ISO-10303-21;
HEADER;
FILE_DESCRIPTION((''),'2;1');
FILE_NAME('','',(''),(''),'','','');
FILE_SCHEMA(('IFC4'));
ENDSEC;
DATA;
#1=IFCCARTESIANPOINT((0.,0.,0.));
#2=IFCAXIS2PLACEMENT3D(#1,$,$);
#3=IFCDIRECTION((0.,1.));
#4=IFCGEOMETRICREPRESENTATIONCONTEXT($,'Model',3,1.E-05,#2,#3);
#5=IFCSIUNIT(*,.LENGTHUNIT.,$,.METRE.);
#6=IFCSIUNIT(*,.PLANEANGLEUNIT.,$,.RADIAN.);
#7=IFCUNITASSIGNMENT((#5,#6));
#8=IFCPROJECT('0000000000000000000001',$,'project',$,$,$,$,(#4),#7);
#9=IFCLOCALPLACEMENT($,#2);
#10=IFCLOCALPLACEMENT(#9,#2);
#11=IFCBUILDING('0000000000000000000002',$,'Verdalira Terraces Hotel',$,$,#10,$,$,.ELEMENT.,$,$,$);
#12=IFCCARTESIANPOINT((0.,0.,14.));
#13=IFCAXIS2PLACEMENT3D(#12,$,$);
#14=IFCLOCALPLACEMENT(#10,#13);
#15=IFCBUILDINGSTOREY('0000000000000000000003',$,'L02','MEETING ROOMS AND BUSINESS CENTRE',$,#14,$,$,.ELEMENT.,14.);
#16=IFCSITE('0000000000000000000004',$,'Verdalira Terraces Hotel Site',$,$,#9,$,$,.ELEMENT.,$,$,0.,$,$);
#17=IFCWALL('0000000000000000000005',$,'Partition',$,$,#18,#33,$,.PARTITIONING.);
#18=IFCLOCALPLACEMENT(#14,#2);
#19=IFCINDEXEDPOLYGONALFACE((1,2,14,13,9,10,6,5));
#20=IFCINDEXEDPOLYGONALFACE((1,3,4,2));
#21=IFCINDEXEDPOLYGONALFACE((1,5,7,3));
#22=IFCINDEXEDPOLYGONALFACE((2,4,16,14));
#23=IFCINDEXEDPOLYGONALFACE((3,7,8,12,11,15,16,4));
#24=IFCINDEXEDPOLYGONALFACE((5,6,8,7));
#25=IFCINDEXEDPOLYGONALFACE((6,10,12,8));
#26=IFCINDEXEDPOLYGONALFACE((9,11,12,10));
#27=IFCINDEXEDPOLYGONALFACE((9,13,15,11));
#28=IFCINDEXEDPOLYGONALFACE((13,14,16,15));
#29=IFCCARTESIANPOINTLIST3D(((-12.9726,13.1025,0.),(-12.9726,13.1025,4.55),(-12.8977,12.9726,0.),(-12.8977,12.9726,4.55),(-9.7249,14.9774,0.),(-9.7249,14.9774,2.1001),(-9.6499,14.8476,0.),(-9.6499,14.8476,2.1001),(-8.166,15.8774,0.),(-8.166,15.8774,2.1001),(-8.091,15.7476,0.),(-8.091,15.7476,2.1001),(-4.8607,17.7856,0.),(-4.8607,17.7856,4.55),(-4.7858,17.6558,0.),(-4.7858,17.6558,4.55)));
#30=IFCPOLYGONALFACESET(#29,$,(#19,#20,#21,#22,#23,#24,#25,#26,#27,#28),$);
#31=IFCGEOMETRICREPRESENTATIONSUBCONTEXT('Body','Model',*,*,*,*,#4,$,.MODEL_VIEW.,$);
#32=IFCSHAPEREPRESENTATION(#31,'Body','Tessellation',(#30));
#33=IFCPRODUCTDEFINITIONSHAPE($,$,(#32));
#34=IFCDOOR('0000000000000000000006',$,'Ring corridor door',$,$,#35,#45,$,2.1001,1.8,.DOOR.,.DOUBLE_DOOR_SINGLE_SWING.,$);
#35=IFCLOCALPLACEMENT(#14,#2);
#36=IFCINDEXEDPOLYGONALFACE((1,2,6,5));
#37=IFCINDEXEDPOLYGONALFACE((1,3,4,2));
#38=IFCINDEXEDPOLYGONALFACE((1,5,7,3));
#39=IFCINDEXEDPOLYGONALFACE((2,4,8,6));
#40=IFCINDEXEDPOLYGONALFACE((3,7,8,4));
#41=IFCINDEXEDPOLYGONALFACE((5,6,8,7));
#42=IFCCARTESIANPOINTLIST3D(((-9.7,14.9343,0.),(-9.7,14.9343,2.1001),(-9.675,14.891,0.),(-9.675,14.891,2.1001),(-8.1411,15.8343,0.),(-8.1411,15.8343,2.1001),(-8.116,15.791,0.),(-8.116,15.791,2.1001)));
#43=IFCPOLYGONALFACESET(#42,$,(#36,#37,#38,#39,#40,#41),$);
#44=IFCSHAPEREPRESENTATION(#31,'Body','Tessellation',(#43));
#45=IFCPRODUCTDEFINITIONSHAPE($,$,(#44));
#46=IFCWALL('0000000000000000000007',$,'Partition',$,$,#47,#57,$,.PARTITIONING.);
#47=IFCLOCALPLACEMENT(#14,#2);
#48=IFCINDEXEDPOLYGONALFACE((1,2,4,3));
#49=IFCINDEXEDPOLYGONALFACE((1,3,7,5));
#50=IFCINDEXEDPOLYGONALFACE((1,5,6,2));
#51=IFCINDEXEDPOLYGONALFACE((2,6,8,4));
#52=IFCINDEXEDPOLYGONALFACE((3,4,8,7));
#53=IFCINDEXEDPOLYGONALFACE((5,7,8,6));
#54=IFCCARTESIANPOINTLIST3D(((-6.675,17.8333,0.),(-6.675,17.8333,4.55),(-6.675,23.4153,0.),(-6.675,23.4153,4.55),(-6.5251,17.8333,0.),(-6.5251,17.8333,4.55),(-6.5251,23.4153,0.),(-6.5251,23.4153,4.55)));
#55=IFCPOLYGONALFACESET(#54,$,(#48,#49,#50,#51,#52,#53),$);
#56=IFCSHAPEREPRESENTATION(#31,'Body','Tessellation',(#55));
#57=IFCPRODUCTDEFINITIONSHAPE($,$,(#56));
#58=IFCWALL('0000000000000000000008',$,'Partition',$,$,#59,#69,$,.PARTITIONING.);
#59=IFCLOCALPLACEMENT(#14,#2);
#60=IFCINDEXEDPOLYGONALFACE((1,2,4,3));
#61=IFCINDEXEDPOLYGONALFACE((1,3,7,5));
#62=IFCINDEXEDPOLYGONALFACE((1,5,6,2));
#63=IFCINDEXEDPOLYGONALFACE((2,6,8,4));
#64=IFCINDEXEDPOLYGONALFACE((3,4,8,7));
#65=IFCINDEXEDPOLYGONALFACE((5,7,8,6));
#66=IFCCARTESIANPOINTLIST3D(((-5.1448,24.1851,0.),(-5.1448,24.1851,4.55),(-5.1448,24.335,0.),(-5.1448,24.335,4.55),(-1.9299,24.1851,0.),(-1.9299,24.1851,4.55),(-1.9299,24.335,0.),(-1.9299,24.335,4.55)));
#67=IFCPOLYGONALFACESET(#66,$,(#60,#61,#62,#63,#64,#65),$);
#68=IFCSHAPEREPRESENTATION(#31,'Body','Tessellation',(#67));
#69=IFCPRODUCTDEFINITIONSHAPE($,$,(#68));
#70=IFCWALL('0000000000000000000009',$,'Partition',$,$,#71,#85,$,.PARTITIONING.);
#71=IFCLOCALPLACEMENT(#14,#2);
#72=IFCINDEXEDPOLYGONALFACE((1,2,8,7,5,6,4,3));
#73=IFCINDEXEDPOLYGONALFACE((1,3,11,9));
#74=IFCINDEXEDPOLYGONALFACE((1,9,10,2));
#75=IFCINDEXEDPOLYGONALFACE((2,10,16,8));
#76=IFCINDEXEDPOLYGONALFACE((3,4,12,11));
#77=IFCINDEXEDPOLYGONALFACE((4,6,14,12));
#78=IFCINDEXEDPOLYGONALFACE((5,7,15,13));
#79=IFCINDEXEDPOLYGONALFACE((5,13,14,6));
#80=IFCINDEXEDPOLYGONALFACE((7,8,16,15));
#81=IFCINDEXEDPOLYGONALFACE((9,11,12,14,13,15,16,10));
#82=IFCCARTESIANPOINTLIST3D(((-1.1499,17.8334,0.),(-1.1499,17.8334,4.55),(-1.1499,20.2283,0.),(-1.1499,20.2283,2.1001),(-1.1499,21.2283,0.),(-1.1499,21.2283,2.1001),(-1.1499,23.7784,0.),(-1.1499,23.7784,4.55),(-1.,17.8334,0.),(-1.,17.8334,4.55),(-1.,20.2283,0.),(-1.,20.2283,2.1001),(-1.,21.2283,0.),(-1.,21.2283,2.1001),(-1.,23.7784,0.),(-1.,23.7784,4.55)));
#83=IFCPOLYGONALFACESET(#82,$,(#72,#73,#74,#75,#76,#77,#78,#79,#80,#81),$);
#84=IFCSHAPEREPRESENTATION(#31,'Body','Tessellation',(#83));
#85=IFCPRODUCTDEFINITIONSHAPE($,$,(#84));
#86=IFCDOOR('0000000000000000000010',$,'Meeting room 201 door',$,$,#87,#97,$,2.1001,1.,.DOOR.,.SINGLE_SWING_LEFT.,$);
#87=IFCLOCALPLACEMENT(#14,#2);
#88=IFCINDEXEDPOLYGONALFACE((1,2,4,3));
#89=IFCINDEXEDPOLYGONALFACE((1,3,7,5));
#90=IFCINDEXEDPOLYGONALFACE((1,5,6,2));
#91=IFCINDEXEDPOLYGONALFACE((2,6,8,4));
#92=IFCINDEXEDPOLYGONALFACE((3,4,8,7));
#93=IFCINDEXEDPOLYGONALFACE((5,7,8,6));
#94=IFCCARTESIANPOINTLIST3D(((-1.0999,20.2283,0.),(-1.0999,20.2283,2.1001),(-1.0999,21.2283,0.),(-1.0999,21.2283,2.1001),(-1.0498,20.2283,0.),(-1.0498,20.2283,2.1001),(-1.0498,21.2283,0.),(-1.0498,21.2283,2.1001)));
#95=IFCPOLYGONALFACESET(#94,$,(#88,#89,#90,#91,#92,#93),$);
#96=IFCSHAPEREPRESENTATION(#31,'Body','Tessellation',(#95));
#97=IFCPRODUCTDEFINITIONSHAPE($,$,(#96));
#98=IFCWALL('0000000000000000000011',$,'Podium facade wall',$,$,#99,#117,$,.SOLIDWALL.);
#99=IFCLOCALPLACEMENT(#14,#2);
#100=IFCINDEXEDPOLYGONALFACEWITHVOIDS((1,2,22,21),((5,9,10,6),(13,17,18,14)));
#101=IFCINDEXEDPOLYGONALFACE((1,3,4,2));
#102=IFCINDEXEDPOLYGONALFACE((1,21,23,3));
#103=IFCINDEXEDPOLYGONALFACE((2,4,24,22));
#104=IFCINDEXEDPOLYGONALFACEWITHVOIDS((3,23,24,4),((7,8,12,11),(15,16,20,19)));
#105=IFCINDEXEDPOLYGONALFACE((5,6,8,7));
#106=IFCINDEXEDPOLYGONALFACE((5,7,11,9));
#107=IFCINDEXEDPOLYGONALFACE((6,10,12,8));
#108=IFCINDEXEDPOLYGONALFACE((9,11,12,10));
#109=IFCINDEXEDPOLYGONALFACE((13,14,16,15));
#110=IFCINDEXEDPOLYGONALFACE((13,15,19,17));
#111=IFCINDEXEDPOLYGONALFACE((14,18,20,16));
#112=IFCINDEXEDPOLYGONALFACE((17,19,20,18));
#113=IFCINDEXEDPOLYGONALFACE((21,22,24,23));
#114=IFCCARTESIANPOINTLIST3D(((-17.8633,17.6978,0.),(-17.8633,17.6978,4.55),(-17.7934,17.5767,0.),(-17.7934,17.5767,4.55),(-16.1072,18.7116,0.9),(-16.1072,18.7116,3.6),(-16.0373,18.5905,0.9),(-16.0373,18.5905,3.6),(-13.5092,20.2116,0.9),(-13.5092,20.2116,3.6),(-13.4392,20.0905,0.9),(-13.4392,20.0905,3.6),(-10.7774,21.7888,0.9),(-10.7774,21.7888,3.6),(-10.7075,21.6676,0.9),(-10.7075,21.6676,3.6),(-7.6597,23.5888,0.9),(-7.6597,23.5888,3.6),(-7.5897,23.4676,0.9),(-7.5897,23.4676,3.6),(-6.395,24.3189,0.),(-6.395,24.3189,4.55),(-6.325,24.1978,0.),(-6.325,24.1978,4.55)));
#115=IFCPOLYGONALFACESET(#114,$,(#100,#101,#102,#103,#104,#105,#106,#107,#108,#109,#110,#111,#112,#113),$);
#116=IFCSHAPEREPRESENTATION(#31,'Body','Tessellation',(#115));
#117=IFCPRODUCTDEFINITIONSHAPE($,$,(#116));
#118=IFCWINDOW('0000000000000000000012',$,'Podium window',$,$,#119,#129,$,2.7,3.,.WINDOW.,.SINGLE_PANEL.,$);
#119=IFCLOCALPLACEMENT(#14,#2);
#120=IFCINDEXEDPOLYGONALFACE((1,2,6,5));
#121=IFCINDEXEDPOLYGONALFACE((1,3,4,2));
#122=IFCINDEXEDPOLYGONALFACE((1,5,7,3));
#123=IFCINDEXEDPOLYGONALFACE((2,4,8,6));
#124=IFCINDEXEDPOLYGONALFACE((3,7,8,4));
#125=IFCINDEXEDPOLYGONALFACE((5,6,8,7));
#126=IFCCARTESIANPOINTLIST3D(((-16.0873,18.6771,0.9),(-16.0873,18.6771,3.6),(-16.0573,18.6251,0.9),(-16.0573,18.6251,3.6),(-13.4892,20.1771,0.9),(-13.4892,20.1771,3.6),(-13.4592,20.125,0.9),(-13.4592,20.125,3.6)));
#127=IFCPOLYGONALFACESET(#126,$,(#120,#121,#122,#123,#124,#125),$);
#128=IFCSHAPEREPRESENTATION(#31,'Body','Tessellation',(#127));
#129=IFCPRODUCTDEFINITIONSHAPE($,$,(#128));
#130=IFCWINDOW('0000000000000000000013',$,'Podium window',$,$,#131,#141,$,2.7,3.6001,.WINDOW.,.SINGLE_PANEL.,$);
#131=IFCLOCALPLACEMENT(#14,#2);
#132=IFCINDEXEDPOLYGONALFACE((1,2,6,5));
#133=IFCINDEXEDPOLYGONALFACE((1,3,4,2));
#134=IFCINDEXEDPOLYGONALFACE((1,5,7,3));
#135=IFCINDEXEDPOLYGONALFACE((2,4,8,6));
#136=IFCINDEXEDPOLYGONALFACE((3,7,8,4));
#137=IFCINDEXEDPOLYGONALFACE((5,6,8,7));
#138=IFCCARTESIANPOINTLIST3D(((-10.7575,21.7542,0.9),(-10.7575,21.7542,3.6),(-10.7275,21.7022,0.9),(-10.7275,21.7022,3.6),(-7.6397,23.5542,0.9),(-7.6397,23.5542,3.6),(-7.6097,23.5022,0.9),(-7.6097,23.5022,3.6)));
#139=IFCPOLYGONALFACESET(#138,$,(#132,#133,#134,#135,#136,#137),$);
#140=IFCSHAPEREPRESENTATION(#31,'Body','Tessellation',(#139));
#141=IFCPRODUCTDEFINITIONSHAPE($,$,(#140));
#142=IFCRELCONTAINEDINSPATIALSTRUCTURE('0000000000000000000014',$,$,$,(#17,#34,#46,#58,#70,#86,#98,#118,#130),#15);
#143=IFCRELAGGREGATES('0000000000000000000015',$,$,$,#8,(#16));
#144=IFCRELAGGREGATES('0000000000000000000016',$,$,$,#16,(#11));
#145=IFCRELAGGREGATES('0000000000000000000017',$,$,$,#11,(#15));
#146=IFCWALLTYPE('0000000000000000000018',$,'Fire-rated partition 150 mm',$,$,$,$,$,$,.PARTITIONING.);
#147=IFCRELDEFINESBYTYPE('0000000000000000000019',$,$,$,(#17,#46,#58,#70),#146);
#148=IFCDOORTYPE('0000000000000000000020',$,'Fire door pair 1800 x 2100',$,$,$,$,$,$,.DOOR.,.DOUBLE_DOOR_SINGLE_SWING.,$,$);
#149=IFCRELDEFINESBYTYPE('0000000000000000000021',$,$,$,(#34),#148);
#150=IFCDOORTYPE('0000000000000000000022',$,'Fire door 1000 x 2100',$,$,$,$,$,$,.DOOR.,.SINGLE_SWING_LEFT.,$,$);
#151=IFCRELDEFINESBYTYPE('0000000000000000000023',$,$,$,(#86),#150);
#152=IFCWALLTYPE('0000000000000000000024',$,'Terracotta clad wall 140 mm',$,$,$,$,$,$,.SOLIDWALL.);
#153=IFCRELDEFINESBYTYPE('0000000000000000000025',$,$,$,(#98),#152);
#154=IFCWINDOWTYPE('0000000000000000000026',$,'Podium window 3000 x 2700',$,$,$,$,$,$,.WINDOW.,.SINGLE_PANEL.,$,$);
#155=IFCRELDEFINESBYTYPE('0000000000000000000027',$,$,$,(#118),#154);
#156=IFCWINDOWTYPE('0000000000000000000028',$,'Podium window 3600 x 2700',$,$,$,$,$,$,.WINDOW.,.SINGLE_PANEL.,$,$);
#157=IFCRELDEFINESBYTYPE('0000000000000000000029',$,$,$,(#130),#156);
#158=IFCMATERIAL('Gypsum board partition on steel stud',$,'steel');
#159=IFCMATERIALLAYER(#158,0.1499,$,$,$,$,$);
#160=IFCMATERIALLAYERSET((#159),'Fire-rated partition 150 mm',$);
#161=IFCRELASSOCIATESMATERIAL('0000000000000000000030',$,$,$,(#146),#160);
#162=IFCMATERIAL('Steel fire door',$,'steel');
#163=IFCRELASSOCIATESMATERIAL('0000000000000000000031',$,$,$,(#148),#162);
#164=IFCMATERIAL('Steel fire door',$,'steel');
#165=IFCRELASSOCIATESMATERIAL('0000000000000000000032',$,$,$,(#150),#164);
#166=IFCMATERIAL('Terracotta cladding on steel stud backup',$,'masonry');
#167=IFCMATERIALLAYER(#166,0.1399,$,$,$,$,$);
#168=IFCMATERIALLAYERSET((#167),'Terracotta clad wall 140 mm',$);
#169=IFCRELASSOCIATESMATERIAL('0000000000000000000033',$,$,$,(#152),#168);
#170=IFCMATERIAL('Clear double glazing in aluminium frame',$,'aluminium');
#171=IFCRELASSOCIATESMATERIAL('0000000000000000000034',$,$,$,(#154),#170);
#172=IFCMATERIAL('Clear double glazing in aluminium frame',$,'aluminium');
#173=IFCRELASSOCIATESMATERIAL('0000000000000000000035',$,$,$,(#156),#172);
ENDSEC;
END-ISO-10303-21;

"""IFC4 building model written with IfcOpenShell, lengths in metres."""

from ifc_helpers import new_model, si_unit, direction, frame, frame_2d, origin, place, context, subcontext, project, spatial, rectangle, extrude, material, layer, layer_set, type_object, element, fill, save


model = new_model("IFC4")

# Units and contexts
model_context = context("Model", 3, precision=1e-05, world=origin(), true_north=direction((0.0, 1.0)))
body_context = subcontext(model_context, "Body", "Model", "MODEL_VIEW")
ifc_project = project(units=[si_unit("LENGTHUNIT", "METRE"), si_unit("PLANEANGLEUNIT", "RADIAN")], contexts=[model_context])

# Site, building, storey
site_placement = place(None, origin())
site = spatial("IfcSite", under=ifc_project, at=site_placement, Name="Verdalira Terraces Hotel Site", CompositionType="ELEMENT", RefElevation=0.0)
building_placement = place(site_placement, origin())
building = spatial("IfcBuilding", under=site, at=building_placement, Name="Verdalira Terraces Hotel", CompositionType="ELEMENT")
storey_placement = place(building_placement, frame((0.0, 0.0, 14.0)))
storey = spatial("IfcBuildingStorey", under=building, at=storey_placement, Name="L02", Description="MEETING ROOMS AND BUSINESS CENTRE", CompositionType="ELEMENT", Elevation=14.0)

# Wall, opening, door
ifc_material_1 = material(Name="Gypsum board partition on steel stud", Category="steel")
ifc_layer_1 = layer(ifc_material_1, 0.1499)
ifc_layer_set_1 = layer_set([ifc_layer_1], Name="Fire-rated partition 150 mm")
wall_type_1 = type_object("IfcWallType", Name="Fire-rated partition 150 mm", PredefinedType="PARTITIONING", material=ifc_layer_set_1)
wall_1_placement = place(storey_placement, frame((-4.8232, 17.7207, 0.0), z_axis=(0.0, 0.0, 1.0), x_axis=(-0.866037, -0.49998, 0.0)))
wall_1 = element("IfcWall", 1, at=wall_1_placement, inside=storey, type_object=wall_type_1, Name="Partition", PredefinedType="PARTITIONING", context=body_context, shape_type="SweptSolid", body=[
    extrude(rectangle(XDim=9.3667, YDim=0.1499, at=frame_2d((4.6833, 0.0))), origin(), (0.0, 0.0, 1.0), 4.55),
])
opening_1_placement = place(wall_1_placement, frame((3.8167, 0.0, 0.0)))
opening_1 = element("IfcOpeningElement", 2, at=opening_1_placement, cuts=wall_1, PredefinedType="OPENING", context=body_context, shape_type="SweptSolid", body=[
    extrude(rectangle(XDim=1.8, YDim=2.1001, at=frame_2d((0.8999, 1.05))), frame((0.0, 0.085, 0.0), z_axis=(0.0, -1.0, 0.0), x_axis=(1.0, 0.0, 0.0)), (0.0, 0.0, 1.0), 0.1699),
])
ifc_material_2 = material(Name="Steel fire door", Category="steel")
door_type_1 = type_object("IfcDoorType", Name="Fire door pair 1800 x 2100", OperationType="DOUBLE_DOOR_SINGLE_SWING", PredefinedType="DOOR", material=ifc_material_2)
door_1_placement = place(opening_1_placement, origin())
door_1 = element("IfcDoor", 3, at=door_1_placement, inside=storey, type_object=door_type_1, Name="Ring corridor door", OperationType="DOUBLE_DOOR_SINGLE_SWING", OverallHeight=2.1001, OverallWidth=1.8, PredefinedType="DOOR", context=body_context, shape_type="SweptSolid", body=[
    extrude(rectangle(XDim=1.8, YDim=2.1001, at=frame_2d((0.8999, 1.05))), frame((0.0, 0.0249, 0.0), z_axis=(0.0, -1.0, 0.0), x_axis=(1.0, 0.0, 0.0)), (0.0, 0.0, 1.0), 0.05),
])
fill(opening_1, door_1)

# Walls
wall_2_placement = place(storey_placement, frame((-6.6001, 23.4153, 0.0), z_axis=(0.0, 0.0, 1.0), x_axis=(0.0, -1.0, 0.0)))
element("IfcWall", 4, at=wall_2_placement, inside=storey, type_object=wall_type_1, Name="Partition", PredefinedType="PARTITIONING", context=body_context, shape_type="SweptSolid", body=[
    extrude(rectangle(XDim=5.582, YDim=0.1499, at=frame_2d((2.791, 0.0))), origin(), (0.0, 0.0, 1.0), 4.55),
])
wall_3_placement = place(storey_placement, frame((-1.9299, 24.26, 0.0), z_axis=(0.0, 0.0, 1.0), x_axis=(-1.0, 0.0, 0.0)))
element("IfcWall", 5, at=wall_3_placement, inside=storey, type_object=wall_type_1, Name="Partition", PredefinedType="PARTITIONING", context=body_context, shape_type="SweptSolid", body=[
    extrude(rectangle(XDim=3.2148, YDim=0.1499, at=frame_2d((1.6074, 0.0))), origin(), (0.0, 0.0, 1.0), 4.55),
])

# Wall, opening, door
wall_4_placement = place(storey_placement, frame((-1.075, 17.8333, 0.0), z_axis=(0.0, 0.0, 1.0), x_axis=(0.0, 1.0, 0.0)))
wall_4 = element("IfcWall", 6, at=wall_4_placement, inside=storey, type_object=wall_type_1, Name="Partition", PredefinedType="PARTITIONING", context=body_context, shape_type="SweptSolid", body=[
    extrude(rectangle(XDim=5.9451, YDim=0.1499, at=frame_2d((2.9727, 0.0))), origin(), (0.0, 0.0, 1.0), 4.55),
])
opening_2_placement = place(wall_4_placement, frame((2.395, 0.0, 0.0)))
opening_2 = element("IfcOpeningElement", 7, at=opening_2_placement, cuts=wall_4, PredefinedType="OPENING", context=body_context, shape_type="SweptSolid", body=[
    extrude(rectangle(XDim=1.0, YDim=2.1001, at=frame_2d((0.5, 1.05))), frame((0.0, 0.085, 0.0), z_axis=(0.0, -1.0, 0.0), x_axis=(1.0, 0.0, 0.0)), (0.0, 0.0, 1.0), 0.1699),
])
ifc_material_3 = material(Name="Steel fire door", Category="steel")
door_type_2 = type_object("IfcDoorType", Name="Fire door 1000 x 2100", OperationType="SINGLE_SWING_LEFT", PredefinedType="DOOR", material=ifc_material_3)
door_2_placement = place(opening_2_placement, origin())
door_2 = element("IfcDoor", 8, at=door_2_placement, inside=storey, type_object=door_type_2, Name="Meeting room 201 door", OperationType="SINGLE_SWING_LEFT", OverallHeight=2.1001, OverallWidth=1.0, PredefinedType="DOOR", context=body_context, shape_type="SweptSolid", body=[
    extrude(rectangle(XDim=1.0, YDim=2.1001, at=frame_2d((0.5, 1.05))), frame((0.0, 0.0249, 0.0), z_axis=(0.0, -1.0, 0.0), x_axis=(1.0, 0.0, 0.0)), (0.0, 0.0, 1.0), 0.05),
])
fill(opening_2, door_2)

# Wall, openings, windows
ifc_material_4 = material(Name="Terracotta cladding on steel stud backup", Category="masonry")
ifc_layer_2 = layer(ifc_material_4, 0.1399)
ifc_layer_set_2 = layer_set([ifc_layer_2], Name="Terracotta clad wall 140 mm")
wall_type_2 = type_object("IfcWallType", Name="Terracotta clad wall 140 mm", PredefinedType="SOLIDWALL", material=ifc_layer_set_2)
wall_5_placement = place(storey_placement, frame((-6.3601, 24.2583, 0.0), z_axis=(0.0, 0.0, 1.0), x_axis=(-0.866029, -0.499994, 0.0)))
wall_5 = element("IfcWall", 9, at=wall_5_placement, inside=storey, type_object=wall_type_2, Name="Podium facade wall", PredefinedType="SOLIDWALL", context=body_context, shape_type="SweptSolid", body=[
    extrude(rectangle(XDim=13.2424, YDim=0.1399, at=frame_2d((6.6211, 0.0))), origin(), (0.0, 0.0, 1.0), 4.55),
])
opening_3_placement = place(wall_5_placement, frame((1.4602, 0.0, 0.8999)))
opening_3 = element("IfcOpeningElement", 10, at=opening_3_placement, cuts=wall_5, PredefinedType="OPENING", context=body_context, shape_type="SweptSolid", body=[
    extrude(rectangle(XDim=3.6001, YDim=2.7, at=frame_2d((1.8, 1.3501))), frame((0.0, 0.0798, 0.0), z_axis=(0.0, -1.0, 0.0), x_axis=(1.0, 0.0, 0.0)), (0.0, 0.0, 1.0), 0.1599),
])
opening_4_placement = place(wall_5_placement, frame((8.2146, 0.0, 0.8999)))
opening_4 = element("IfcOpeningElement", 11, at=opening_4_placement, cuts=wall_5, PredefinedType="OPENING", context=body_context, shape_type="SweptSolid", body=[
    extrude(rectangle(XDim=3.0, YDim=2.7, at=frame_2d((1.5, 1.3501))), frame((0.0, 0.0798, 0.0), z_axis=(0.0, -1.0, 0.0), x_axis=(1.0, 0.0, 0.0)), (0.0, 0.0, 1.0), 0.1599),
])
ifc_material_5 = material(Name="Clear double glazing in aluminium frame", Category="aluminium")
window_type_1 = type_object("IfcWindowType", Name="Podium window 3000 x 2700", PartitioningType="SINGLE_PANEL", PredefinedType="WINDOW", material=ifc_material_5)
window_1_placement = place(opening_4_placement, origin())
window_1 = element("IfcWindow", 12, at=window_1_placement, inside=storey, type_object=window_type_1, Name="Podium window", OverallHeight=2.7, OverallWidth=3.0, PartitioningType="SINGLE_PANEL", PredefinedType="WINDOW", context=body_context, shape_type="SweptSolid", body=[
    extrude(rectangle(XDim=3.0, YDim=2.7, at=frame_2d((1.5, 1.3501))), frame((0.0, 0.03, 0.0), z_axis=(0.0, -1.0, 0.0), x_axis=(1.0, 0.0, 0.0)), (0.0, 0.0, 1.0), 0.0601),
])
fill(opening_4, window_1)
ifc_material_6 = material(Name="Clear double glazing in aluminium frame", Category="aluminium")
window_type_2 = type_object("IfcWindowType", Name="Podium window 3600 x 2700", PartitioningType="SINGLE_PANEL", PredefinedType="WINDOW", material=ifc_material_6)
window_2_placement = place(opening_3_placement, origin())
window_2 = element("IfcWindow", 13, at=window_2_placement, inside=storey, type_object=window_type_2, Name="Podium window", OverallHeight=2.7, OverallWidth=3.6001, PartitioningType="SINGLE_PANEL", PredefinedType="WINDOW", context=body_context, shape_type="SweptSolid", body=[
    extrude(rectangle(XDim=3.6001, YDim=2.7, at=frame_2d((1.8, 1.3501))), frame((0.0, 0.03, 0.0), z_axis=(0.0, -1.0, 0.0), x_axis=(1.0, 0.0, 0.0)), (0.0, 0.0, 1.0), 0.0601),
])
fill(opening_3, window_2)

save(model, "model.ifc")
